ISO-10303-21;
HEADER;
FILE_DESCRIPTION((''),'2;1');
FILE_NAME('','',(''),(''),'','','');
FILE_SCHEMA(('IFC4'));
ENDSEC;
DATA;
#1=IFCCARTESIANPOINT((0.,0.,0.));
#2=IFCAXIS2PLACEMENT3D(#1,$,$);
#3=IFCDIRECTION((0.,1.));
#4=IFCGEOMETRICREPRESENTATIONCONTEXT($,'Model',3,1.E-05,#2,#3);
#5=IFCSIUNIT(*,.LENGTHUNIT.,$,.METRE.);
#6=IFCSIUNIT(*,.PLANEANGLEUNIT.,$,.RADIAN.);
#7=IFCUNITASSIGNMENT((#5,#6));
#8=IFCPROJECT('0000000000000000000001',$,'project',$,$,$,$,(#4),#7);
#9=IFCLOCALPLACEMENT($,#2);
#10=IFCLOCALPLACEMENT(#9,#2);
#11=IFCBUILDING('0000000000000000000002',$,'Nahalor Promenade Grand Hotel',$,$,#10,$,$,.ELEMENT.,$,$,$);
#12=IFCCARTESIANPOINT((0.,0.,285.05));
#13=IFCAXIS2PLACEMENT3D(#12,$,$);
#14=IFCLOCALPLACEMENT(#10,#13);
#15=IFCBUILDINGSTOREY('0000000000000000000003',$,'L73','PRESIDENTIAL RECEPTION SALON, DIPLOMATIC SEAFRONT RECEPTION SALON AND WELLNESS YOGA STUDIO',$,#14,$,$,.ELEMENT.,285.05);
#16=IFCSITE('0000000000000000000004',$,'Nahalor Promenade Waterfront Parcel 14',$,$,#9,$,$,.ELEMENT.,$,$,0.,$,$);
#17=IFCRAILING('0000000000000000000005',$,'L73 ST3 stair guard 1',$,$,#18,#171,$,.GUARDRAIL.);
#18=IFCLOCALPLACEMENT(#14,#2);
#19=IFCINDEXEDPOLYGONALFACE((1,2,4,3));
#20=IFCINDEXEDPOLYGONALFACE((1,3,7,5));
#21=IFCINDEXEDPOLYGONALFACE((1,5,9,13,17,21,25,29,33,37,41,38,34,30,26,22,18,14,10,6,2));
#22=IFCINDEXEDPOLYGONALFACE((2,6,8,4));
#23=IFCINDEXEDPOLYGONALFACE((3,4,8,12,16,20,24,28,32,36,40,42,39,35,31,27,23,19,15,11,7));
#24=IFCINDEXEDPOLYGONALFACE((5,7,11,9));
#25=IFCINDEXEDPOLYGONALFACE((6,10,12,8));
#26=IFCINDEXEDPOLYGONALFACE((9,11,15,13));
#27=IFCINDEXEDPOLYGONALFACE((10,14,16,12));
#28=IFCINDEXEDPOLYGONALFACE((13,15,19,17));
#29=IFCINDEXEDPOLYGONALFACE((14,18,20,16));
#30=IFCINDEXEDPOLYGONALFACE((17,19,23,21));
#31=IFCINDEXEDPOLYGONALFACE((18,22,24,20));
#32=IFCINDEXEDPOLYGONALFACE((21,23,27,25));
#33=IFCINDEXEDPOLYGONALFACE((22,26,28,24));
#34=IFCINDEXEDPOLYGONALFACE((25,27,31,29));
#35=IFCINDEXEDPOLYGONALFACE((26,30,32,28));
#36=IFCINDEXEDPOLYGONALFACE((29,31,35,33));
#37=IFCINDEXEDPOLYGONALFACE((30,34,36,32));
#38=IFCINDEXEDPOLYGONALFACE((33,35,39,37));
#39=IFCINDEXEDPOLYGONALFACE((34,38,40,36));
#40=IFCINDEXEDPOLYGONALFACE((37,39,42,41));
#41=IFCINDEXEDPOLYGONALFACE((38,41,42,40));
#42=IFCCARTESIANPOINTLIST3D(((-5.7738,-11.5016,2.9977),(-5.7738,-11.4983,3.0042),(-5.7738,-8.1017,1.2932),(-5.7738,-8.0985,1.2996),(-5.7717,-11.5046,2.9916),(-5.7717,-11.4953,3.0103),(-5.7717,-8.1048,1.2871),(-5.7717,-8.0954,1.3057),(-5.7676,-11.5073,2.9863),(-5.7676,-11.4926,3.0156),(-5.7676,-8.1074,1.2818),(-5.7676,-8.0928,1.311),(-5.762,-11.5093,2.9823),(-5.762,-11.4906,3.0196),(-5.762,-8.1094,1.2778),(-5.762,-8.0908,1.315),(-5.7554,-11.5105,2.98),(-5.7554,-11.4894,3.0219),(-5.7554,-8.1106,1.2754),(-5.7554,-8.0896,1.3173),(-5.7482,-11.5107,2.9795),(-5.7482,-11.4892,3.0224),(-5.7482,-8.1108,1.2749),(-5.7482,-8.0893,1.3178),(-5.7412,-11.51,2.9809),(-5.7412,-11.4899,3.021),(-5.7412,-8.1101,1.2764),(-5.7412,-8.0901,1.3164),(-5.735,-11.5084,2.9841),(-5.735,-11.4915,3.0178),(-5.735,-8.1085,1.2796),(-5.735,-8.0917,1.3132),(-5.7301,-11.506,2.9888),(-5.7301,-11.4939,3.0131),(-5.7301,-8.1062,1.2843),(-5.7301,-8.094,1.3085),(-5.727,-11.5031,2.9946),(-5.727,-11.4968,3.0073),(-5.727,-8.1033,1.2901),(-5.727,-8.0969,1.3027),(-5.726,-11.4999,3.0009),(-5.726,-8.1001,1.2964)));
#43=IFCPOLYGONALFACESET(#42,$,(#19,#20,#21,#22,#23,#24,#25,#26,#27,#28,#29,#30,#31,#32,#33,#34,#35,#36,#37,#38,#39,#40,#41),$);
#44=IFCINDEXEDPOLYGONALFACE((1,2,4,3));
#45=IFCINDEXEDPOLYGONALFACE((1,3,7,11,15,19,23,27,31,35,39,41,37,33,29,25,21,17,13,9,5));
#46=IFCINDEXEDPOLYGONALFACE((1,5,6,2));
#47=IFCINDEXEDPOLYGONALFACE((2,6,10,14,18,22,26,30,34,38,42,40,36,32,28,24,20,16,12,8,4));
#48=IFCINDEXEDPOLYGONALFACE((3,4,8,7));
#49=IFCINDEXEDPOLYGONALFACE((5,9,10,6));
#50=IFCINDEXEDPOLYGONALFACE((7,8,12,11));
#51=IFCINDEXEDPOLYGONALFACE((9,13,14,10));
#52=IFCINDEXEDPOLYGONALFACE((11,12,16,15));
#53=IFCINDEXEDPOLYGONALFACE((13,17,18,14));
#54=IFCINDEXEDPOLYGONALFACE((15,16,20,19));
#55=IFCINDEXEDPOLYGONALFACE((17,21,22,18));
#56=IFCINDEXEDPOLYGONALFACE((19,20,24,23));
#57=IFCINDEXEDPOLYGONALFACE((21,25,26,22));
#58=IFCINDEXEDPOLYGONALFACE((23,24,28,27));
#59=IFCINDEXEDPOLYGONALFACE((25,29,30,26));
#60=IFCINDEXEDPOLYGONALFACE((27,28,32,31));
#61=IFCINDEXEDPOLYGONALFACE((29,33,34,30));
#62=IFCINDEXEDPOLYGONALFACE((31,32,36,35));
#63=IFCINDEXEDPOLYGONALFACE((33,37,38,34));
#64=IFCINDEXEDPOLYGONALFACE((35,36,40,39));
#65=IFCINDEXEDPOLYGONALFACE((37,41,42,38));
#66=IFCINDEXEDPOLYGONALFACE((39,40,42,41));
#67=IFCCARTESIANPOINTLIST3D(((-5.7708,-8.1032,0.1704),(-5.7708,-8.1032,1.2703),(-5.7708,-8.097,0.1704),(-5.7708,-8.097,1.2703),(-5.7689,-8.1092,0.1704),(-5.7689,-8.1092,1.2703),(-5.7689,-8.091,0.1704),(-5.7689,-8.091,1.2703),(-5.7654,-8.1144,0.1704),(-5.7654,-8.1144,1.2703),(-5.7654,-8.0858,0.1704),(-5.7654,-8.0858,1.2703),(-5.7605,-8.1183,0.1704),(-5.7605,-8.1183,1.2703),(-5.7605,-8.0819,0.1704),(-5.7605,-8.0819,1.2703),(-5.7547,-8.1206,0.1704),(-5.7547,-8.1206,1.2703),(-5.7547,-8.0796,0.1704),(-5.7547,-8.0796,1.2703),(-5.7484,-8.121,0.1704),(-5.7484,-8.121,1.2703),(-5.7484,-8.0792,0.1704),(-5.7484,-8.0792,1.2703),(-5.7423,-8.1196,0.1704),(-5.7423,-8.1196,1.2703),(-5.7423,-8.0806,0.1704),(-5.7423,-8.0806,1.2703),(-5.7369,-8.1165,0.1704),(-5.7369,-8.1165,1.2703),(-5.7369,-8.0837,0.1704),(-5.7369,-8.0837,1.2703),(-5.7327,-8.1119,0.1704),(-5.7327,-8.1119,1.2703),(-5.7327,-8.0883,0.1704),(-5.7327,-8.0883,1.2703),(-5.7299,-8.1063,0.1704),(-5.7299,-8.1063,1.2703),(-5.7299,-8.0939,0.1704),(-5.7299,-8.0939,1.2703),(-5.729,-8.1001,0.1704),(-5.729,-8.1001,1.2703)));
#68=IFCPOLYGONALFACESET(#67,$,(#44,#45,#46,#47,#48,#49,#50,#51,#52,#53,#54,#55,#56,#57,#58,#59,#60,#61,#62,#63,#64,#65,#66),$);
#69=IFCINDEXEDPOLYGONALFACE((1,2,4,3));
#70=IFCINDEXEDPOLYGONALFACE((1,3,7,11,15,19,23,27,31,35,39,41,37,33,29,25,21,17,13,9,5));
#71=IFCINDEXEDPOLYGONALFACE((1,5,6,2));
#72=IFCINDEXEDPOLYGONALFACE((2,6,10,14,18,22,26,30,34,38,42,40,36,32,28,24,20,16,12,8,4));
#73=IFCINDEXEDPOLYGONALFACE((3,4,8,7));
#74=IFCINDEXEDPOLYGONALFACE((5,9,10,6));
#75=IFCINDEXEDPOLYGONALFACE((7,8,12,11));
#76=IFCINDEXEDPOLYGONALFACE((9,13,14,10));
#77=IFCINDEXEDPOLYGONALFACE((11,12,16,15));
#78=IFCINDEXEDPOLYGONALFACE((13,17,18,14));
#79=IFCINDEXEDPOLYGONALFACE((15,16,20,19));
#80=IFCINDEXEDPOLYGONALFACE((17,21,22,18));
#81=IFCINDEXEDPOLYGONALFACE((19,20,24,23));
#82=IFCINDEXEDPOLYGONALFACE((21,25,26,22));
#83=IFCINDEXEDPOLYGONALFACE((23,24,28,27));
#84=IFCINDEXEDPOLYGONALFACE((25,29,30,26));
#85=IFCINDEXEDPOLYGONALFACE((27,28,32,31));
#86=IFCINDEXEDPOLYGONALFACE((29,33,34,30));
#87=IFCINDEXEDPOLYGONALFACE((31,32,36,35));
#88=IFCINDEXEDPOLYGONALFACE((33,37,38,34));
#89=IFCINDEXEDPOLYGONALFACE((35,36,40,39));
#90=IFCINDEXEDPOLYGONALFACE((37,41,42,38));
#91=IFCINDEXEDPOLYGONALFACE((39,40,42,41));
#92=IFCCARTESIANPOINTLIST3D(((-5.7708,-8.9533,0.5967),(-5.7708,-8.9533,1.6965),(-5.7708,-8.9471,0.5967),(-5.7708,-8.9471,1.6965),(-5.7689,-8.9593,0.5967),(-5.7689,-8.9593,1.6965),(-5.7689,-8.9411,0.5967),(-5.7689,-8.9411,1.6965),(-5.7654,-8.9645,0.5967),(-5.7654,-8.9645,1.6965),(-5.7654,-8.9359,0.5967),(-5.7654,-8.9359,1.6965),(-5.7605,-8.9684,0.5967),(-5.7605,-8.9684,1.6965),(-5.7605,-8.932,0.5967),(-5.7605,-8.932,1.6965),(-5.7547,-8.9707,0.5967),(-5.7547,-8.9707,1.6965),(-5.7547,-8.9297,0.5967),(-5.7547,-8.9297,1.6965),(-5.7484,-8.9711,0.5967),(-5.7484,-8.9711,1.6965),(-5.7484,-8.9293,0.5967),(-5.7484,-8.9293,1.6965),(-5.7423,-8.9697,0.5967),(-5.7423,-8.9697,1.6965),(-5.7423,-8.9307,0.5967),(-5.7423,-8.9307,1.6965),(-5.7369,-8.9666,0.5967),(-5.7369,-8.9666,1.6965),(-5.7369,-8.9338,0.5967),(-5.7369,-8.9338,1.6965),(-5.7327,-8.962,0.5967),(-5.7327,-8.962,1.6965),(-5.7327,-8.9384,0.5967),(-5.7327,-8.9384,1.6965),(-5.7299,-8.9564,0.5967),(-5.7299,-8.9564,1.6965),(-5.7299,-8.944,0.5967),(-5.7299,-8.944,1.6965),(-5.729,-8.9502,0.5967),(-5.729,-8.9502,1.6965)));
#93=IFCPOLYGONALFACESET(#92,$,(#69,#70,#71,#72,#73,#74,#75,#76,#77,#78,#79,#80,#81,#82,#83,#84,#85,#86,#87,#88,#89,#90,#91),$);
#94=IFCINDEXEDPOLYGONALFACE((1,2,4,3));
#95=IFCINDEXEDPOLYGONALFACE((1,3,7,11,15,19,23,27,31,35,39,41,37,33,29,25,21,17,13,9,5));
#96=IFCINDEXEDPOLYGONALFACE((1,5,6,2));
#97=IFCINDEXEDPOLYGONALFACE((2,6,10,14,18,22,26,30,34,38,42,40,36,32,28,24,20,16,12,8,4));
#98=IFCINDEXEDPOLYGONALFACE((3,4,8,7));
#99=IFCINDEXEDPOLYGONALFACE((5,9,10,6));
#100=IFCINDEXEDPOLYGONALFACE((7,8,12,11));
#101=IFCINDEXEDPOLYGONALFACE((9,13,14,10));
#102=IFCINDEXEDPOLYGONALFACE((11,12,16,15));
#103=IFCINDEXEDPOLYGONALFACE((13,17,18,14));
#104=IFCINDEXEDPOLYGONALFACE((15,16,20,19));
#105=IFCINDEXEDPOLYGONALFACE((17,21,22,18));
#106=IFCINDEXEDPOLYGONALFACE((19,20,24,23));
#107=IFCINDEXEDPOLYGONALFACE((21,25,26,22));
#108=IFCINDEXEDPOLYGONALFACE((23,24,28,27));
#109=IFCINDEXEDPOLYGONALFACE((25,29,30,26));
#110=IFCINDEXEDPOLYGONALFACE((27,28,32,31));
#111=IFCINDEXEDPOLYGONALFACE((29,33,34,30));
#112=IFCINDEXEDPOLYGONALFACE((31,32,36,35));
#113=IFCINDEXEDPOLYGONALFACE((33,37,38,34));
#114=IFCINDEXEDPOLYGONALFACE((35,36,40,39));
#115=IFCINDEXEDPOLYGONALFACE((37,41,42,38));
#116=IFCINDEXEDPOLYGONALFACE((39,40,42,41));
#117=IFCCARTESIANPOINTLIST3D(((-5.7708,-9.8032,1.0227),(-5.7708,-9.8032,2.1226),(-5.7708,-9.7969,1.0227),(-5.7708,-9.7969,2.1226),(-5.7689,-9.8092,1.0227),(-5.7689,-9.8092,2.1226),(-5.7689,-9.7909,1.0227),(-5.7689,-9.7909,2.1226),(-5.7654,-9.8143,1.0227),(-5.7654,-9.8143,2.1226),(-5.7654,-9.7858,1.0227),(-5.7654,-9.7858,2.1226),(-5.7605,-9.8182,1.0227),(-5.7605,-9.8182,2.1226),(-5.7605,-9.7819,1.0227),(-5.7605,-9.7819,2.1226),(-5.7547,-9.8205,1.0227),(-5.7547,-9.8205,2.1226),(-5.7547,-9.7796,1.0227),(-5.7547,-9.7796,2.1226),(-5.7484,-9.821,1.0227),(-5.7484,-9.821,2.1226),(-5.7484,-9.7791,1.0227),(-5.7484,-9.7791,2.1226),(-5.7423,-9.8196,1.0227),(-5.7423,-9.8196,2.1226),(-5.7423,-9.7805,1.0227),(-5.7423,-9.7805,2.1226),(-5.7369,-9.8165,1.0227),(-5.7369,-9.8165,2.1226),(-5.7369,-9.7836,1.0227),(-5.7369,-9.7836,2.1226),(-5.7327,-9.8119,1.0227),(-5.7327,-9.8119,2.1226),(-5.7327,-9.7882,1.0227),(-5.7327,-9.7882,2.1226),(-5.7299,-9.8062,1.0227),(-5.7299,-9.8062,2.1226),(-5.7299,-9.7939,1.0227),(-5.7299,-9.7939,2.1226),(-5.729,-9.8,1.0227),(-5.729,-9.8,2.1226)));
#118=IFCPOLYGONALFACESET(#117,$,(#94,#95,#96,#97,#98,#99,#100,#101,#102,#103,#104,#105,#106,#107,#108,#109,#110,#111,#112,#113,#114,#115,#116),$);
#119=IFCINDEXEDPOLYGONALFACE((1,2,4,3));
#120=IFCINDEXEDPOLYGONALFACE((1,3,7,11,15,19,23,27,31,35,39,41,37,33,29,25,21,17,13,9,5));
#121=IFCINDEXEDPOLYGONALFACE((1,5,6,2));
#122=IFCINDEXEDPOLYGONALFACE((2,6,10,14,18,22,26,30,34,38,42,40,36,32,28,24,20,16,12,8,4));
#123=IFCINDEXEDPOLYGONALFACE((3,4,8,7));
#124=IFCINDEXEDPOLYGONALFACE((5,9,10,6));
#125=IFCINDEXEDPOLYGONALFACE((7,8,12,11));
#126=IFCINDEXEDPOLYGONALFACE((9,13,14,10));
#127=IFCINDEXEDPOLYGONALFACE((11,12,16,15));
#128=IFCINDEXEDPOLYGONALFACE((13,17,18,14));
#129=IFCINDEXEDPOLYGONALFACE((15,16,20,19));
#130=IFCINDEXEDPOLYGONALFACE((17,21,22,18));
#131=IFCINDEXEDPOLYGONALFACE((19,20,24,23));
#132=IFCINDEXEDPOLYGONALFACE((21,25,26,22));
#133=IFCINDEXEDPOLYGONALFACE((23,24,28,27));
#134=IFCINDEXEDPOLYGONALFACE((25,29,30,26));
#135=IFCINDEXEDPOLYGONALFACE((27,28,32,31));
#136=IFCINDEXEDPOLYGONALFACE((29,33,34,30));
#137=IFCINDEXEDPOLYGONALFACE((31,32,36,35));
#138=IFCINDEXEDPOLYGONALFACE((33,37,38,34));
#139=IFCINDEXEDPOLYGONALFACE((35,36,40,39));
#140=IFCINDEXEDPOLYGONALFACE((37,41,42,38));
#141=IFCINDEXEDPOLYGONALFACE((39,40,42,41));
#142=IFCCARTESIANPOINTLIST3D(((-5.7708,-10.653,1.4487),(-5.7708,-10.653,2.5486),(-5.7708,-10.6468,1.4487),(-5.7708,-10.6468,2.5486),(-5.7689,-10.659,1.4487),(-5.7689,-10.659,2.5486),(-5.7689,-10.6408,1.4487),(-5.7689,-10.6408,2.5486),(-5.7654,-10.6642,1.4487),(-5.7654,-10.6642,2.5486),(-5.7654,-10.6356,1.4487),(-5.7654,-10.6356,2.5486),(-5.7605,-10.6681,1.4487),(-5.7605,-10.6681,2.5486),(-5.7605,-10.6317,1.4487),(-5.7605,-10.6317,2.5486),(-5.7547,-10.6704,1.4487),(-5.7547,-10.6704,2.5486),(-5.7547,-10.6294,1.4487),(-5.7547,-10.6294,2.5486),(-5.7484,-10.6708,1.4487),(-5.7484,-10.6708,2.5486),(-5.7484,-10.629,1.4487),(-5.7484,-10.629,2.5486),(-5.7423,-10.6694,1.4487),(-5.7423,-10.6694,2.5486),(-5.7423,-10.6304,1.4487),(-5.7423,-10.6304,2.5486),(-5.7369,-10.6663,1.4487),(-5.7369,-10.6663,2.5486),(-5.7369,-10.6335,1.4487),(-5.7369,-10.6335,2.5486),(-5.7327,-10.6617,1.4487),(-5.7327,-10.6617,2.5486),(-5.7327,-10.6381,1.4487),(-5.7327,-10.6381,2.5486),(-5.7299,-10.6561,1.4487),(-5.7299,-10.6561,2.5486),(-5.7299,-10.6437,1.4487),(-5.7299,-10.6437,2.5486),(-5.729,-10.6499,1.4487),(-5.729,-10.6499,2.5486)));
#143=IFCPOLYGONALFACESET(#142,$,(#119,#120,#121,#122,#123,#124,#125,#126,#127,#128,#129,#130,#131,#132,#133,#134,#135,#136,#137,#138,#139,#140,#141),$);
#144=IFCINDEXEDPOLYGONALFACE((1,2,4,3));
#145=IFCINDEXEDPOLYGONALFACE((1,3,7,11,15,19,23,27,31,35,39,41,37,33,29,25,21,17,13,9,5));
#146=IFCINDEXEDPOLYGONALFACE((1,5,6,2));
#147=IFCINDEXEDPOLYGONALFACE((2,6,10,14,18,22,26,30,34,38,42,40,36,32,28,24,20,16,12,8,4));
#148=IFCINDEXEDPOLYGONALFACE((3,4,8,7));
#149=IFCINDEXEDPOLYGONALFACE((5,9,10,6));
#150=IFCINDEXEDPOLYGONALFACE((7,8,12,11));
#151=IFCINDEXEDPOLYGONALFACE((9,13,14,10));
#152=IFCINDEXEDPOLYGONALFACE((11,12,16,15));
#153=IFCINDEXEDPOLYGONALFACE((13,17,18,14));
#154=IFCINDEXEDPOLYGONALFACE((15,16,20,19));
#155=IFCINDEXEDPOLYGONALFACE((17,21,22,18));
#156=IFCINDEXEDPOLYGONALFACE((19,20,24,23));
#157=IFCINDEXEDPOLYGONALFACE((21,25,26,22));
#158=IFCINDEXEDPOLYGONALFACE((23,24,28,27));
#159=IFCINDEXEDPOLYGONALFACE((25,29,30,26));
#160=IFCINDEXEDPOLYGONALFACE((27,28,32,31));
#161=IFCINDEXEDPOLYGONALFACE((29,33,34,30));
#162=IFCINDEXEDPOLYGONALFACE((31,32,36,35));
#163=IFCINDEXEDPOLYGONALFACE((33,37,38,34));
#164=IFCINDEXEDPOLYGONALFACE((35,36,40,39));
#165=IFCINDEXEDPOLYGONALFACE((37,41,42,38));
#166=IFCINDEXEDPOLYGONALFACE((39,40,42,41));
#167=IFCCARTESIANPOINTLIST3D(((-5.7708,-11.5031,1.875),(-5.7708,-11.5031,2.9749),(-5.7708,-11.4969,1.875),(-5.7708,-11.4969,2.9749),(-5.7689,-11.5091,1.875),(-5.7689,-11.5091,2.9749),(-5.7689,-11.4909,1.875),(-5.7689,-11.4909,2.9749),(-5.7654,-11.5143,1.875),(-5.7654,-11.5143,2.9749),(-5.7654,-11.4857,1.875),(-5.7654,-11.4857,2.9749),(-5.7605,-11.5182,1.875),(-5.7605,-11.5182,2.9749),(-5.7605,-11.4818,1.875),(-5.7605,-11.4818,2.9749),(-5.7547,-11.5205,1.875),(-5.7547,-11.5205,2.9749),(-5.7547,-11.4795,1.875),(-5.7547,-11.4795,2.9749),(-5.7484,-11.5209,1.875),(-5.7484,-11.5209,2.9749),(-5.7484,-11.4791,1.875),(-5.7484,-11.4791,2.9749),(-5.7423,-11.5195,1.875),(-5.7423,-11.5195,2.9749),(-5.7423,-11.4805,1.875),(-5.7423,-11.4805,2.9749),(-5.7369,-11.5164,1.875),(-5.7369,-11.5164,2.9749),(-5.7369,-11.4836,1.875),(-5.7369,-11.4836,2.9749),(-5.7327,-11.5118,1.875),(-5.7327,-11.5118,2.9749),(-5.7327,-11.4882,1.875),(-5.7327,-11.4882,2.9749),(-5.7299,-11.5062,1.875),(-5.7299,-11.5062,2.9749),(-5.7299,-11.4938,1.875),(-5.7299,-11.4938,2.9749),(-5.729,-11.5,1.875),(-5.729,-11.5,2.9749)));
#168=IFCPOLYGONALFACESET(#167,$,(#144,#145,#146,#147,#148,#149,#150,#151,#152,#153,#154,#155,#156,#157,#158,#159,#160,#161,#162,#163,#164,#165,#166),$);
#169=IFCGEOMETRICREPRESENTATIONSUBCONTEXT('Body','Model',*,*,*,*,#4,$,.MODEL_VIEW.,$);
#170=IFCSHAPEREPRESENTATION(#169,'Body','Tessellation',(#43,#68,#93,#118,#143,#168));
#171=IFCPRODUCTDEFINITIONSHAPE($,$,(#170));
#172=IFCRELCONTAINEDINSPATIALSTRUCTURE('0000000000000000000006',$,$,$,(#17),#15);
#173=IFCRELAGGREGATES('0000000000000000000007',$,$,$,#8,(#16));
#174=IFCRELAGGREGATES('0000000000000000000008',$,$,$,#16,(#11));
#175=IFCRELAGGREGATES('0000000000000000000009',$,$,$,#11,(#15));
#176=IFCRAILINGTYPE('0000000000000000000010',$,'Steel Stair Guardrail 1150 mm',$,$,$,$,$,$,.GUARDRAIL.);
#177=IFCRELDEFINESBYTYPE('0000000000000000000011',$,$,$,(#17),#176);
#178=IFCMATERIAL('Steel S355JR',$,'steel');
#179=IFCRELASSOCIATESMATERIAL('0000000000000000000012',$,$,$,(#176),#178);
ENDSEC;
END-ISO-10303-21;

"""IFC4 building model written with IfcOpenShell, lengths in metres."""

from ifc_helpers import new_model, si_unit, direction, frame, origin, origin_2d, place, context, subcontext, project, spatial, circle, extrude, material, type_object, element, save


model = new_model("IFC4")

# Units and contexts
model_context = context("Model", 3, precision=1e-05, world=origin(), true_north=direction((0.0, 1.0)))
body_context = subcontext(model_context, "Body", "Model", "MODEL_VIEW")
ifc_project = project(units=[si_unit("LENGTHUNIT", "METRE"), si_unit("PLANEANGLEUNIT", "RADIAN")], contexts=[model_context])

# Site, building, storey
site_placement = place(None, origin())
site = spatial("IfcSite", under=ifc_project, at=site_placement, Name="Nahalor Promenade Waterfront Parcel 14", CompositionType="ELEMENT", RefElevation=0.0)
building_placement = place(site_placement, origin())
building = spatial("IfcBuilding", under=site, at=building_placement, Name="Nahalor Promenade Grand Hotel", CompositionType="ELEMENT")
storey_placement = place(building_placement, frame((0.0, 0.0, 285.05)))
storey = spatial("IfcBuildingStorey", under=building, at=storey_placement, Name="L73", Description="PRESIDENTIAL RECEPTION SALON, DIPLOMATIC SEAFRONT RECEPTION SALON AND WELLNESS YOGA STUDIO", CompositionType="ELEMENT", Elevation=285.05)

# Shared definitions
ifc_material_1 = material(Name="Steel S355JR", Category="steel")

# Railing
railing_type_1 = type_object("IfcRailingType", Name="Steel Stair Guardrail 1150 mm", PredefinedType="GUARDRAIL", material=ifc_material_1)
railing_1_placement = place(storey_placement, frame((-5.75, -8.1001, 0.1704)))
element("IfcRailing", 1, at=railing_1_placement, inside=storey, type_object=railing_type_1, Name="L73 ST3 stair guard 1", PredefinedType="GUARDRAIL", context=body_context, shape_type="SweptSolid", body=[
    extrude(circle(Radius=0.024, at=origin_2d()), frame((0.0, 0.0, 1.126), z_axis=(0.0, -0.893939, 0.448189), x_axis=(1.0, 0.0, 0.0)), (0.0, 0.0, 1.0), 3.8032),
    extrude(circle(Radius=0.021, at=origin_2d()), origin(), (0.0, 0.0, 1.0), 1.0999),
    extrude(circle(Radius=0.021, at=origin_2d()), frame((0.0, -0.8501, 0.4263)), (0.0, 0.0, 1.0), 1.0999),
    extrude(circle(Radius=0.021, at=origin_2d()), frame((0.0, -1.7, 0.8523)), (0.0, 0.0, 1.0), 1.0999),
    extrude(circle(Radius=0.021, at=origin_2d()), frame((0.0, -2.5498, 1.2783)), (0.0, 0.0, 1.0), 1.0999),
    extrude(circle(Radius=0.021, at=origin_2d()), frame((0.0, -3.3999, 1.7046)), (0.0, 0.0, 1.0), 1.0999),
])

save(model, "model.ifc")
